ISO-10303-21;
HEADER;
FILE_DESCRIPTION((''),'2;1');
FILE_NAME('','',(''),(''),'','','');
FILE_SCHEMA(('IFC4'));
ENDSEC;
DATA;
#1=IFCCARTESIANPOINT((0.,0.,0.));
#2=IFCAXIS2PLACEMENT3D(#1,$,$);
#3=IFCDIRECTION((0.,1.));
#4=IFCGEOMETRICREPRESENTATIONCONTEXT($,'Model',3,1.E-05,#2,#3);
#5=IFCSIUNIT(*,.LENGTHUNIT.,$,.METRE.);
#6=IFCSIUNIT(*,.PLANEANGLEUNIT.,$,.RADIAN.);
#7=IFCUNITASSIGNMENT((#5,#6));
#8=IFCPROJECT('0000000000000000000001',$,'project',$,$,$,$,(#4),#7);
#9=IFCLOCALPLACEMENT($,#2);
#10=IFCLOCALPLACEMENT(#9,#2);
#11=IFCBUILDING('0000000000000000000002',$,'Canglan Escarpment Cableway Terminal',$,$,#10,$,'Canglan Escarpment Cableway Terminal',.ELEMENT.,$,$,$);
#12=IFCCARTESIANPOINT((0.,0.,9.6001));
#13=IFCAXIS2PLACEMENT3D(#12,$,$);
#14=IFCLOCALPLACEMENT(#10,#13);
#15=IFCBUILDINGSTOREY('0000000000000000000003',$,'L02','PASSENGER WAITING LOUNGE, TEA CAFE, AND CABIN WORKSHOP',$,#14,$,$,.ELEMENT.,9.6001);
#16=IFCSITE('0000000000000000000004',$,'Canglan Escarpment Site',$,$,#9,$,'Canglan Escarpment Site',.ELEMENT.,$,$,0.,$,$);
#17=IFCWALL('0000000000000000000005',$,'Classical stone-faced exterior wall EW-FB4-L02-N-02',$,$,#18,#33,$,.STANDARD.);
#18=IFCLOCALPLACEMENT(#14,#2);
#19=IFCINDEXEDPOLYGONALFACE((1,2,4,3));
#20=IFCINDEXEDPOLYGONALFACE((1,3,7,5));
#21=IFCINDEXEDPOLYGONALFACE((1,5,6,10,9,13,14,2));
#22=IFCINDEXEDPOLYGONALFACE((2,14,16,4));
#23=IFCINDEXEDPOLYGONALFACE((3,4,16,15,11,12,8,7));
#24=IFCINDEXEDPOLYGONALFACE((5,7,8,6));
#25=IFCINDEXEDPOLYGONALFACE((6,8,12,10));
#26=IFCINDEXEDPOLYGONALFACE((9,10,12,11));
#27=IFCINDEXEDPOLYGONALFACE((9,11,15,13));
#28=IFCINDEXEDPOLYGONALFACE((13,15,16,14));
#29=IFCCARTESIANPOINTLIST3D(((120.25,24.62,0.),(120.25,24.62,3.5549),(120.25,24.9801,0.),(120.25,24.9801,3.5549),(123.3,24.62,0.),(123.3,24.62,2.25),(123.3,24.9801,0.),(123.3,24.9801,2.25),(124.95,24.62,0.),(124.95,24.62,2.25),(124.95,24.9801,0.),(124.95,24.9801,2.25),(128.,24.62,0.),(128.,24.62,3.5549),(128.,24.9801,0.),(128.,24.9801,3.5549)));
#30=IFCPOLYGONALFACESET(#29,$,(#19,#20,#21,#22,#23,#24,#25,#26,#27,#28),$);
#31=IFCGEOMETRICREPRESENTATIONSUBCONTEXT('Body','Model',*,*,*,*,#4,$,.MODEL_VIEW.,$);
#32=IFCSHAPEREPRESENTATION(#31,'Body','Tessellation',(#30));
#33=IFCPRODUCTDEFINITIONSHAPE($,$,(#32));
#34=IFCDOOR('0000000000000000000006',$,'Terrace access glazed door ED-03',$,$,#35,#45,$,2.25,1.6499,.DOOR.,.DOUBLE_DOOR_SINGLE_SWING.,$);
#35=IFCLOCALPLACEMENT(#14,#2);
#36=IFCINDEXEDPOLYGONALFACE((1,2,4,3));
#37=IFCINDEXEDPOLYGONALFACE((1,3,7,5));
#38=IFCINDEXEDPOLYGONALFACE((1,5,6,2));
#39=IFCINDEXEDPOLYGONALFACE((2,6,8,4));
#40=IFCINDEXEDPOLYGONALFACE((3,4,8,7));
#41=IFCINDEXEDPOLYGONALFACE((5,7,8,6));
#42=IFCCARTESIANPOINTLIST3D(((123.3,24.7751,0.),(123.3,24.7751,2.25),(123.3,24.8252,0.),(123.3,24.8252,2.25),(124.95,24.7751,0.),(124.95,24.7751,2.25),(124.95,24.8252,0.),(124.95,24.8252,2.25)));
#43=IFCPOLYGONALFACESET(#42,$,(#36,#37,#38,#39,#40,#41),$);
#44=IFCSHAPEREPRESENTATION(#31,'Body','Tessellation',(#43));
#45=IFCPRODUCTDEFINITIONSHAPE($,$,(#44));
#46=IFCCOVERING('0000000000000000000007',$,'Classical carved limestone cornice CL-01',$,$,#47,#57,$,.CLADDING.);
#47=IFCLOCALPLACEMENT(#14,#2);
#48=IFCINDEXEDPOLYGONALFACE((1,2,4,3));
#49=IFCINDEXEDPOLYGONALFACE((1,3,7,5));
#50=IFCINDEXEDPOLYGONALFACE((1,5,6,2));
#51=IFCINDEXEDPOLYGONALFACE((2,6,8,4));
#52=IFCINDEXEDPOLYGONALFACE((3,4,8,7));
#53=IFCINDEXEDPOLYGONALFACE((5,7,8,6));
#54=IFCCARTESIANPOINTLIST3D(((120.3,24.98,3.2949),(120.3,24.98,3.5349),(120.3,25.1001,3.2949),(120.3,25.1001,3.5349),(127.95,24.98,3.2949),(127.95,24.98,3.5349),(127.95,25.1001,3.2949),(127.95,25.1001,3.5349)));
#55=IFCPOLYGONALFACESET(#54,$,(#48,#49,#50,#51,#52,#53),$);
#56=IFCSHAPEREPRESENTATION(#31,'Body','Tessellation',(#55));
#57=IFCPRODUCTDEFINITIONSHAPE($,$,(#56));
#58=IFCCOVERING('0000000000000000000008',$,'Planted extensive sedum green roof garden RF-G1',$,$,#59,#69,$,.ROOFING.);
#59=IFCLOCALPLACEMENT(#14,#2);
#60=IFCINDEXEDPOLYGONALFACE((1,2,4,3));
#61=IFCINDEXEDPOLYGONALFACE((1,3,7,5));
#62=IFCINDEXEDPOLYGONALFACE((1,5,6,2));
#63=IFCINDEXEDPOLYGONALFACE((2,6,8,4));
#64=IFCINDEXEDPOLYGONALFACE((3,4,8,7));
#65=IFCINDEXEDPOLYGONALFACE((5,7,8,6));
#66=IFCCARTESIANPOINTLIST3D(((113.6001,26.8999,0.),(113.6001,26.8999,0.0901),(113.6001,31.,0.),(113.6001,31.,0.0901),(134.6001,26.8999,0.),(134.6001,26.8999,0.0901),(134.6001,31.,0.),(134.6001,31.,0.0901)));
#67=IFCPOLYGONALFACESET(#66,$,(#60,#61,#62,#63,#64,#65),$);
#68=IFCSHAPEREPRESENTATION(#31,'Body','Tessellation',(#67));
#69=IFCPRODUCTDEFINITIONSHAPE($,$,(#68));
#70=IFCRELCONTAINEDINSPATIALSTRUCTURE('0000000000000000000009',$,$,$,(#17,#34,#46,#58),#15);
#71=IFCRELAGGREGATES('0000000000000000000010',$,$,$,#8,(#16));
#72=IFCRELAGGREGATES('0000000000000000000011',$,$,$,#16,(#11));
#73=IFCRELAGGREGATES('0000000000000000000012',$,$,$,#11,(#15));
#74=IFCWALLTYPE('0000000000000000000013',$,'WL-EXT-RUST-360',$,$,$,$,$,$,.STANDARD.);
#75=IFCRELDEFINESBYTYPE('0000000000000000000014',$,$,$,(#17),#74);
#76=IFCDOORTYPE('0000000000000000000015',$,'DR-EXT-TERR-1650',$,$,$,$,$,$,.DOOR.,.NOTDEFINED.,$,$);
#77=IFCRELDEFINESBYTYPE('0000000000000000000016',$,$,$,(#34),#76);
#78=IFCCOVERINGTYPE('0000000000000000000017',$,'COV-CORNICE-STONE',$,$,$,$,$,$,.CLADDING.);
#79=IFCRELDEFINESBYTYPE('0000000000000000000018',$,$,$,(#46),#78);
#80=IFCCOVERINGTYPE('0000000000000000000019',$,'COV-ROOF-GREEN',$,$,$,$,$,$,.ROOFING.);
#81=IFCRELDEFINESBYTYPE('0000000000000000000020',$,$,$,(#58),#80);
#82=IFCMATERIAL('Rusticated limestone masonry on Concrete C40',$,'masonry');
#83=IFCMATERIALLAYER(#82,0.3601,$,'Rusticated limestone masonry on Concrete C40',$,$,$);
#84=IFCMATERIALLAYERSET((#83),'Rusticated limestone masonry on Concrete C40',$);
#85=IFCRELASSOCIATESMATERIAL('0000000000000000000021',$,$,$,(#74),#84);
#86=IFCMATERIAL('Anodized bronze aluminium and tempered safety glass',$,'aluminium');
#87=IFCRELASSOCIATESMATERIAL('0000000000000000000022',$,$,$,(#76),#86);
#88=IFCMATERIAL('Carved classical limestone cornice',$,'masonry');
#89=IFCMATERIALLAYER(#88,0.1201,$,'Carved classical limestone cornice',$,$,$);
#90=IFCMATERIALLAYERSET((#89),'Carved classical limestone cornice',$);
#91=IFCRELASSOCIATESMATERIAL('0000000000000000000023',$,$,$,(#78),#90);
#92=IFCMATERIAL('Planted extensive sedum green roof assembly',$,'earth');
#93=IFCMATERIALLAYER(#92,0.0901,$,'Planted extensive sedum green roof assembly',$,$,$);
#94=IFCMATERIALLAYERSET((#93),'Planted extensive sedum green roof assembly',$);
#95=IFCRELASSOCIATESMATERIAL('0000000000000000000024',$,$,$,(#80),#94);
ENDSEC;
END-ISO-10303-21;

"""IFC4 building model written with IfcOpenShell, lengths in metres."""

from ifc_helpers import new_model, si_unit, direction, frame, frame_2d, origin, origin_2d, place, context, subcontext, project, spatial, rectangle, extrude, material, layer, layer_set, type_object, element, fill, save


model = new_model("IFC4")

# Units and contexts
model_context = context("Model", 3, precision=1e-05, world=origin(), true_north=direction((0.0, 1.0)))
body_context = subcontext(model_context, "Body", "Model", "MODEL_VIEW")
ifc_project = project(units=[si_unit("LENGTHUNIT", "METRE"), si_unit("PLANEANGLEUNIT", "RADIAN")], contexts=[model_context])

# Site, building, storey
site_placement = place(None, origin())
site = spatial("IfcSite", under=ifc_project, at=site_placement, Name="Canglan Escarpment Site", LongName="Canglan Escarpment Site", CompositionType="ELEMENT", RefElevation=0.0)
building_placement = place(site_placement, origin())
building = spatial("IfcBuilding", under=site, at=building_placement, Name="Canglan Escarpment Cableway Terminal", LongName="Canglan Escarpment Cableway Terminal", CompositionType="ELEMENT")
storey_placement = place(building_placement, frame((0.0, 0.0, 9.6001)))
storey = spatial("IfcBuildingStorey", under=building, at=storey_placement, Name="L02", Description="PASSENGER WAITING LOUNGE, TEA CAFE, AND CABIN WORKSHOP", CompositionType="ELEMENT", Elevation=9.6001)

# Wall, opening, door
ifc_material_1 = material(Name="Rusticated limestone masonry on Concrete C40", Category="masonry")
ifc_layer_1 = layer(ifc_material_1, 0.3601, Name="Rusticated limestone masonry on Concrete C40")
ifc_layer_set_1 = layer_set([ifc_layer_1], Name="Rusticated limestone masonry on Concrete C40")
wall_type = type_object("IfcWallType", Name="WL-EXT-RUST-360", PredefinedType="STANDARD", material=ifc_layer_set_1)
wall_placement = place(storey_placement, frame((128.0, 24.8, 0.0), z_axis=(0.0, 0.0, 1.0), x_axis=(-1.0, 0.0, 0.0)))
wall = element("IfcWall", 1, at=wall_placement, inside=storey, type_object=wall_type, Name="Classical stone-faced exterior wall EW-FB4-L02-N-02", PredefinedType="STANDARD", context=body_context, shape_type="SweptSolid", body=[
    extrude(rectangle(XDim=7.75, YDim=0.3601, at=frame_2d((3.875, 0.0))), origin(), (0.0, 0.0, 1.0), 3.5549),
])
opening_placement = place(wall_placement, frame((3.05, 0.0, 0.0)))
opening = element("IfcOpeningElement", 2, at=opening_placement, cuts=wall, PredefinedType="OPENING", context=body_context, shape_type="SweptSolid", body=[
    extrude(rectangle(XDim=1.6499, YDim=2.25, at=frame_2d((0.825, 1.125))), frame((0.0, 0.1899, 0.0), z_axis=(0.0, -1.0, 0.0), x_axis=(1.0, 0.0, 0.0)), (0.0, 0.0, 1.0), 0.3801),
])
ifc_material_2 = material(Name="Anodized bronze aluminium and tempered safety glass", Category="aluminium")
door_type = type_object("IfcDoorType", Name="DR-EXT-TERR-1650", OperationType="NOTDEFINED", PredefinedType="DOOR", material=ifc_material_2)
door_placement = place(opening_placement, origin())
door = element("IfcDoor", 3, at=door_placement, inside=storey, type_object=door_type, Name="Terrace access glazed door ED-03", OperationType="DOUBLE_DOOR_SINGLE_SWING", OverallHeight=2.25, OverallWidth=1.6499, PredefinedType="DOOR", context=body_context, shape_type="SweptSolid", body=[
    extrude(rectangle(XDim=1.6499, YDim=2.25, at=frame_2d((0.825, 1.125))), frame((0.0, 0.0249, 0.0), z_axis=(0.0, -1.0, 0.0), x_axis=(1.0, 0.0, 0.0)), (0.0, 0.0, 1.0), 0.05),
])
fill(opening, door)

# Coverings
ifc_material_3 = material(Name="Carved classical limestone cornice", Category="masonry")
ifc_layer_2 = layer(ifc_material_3, 0.1201, Name="Carved classical limestone cornice")
ifc_layer_set_2 = layer_set([ifc_layer_2], Name="Carved classical limestone cornice")
covering_type_1 = type_object("IfcCoveringType", Name="COV-CORNICE-STONE", PredefinedType="CLADDING", material=ifc_layer_set_2)
covering_1_placement = place(storey_placement, frame((124.125, 25.04, 3.2949), z_axis=(0.0, 0.0, 1.0), x_axis=(-1.0, 0.0, 0.0)))
element("IfcCovering", 4, at=covering_1_placement, inside=storey, type_object=covering_type_1, Name="Classical carved limestone cornice CL-01", PredefinedType="CLADDING", context=body_context, shape_type="SweptSolid", body=[
    extrude(rectangle(XDim=7.6499, YDim=0.1201, at=origin_2d()), origin(), (0.0, 0.0, 1.0), 0.24),
])
ifc_material_4 = material(Name="Planted extensive sedum green roof assembly", Category="earth")
ifc_layer_3 = layer(ifc_material_4, 0.0901, Name="Planted extensive sedum green roof assembly")
ifc_layer_set_3 = layer_set([ifc_layer_3], Name="Planted extensive sedum green roof assembly")
covering_type_2 = type_object("IfcCoveringType", Name="COV-ROOF-GREEN", PredefinedType="ROOFING", material=ifc_layer_set_3)
covering_2_placement = place(storey_placement, frame((124.1001, 28.95, 0.0), z_axis=(0.0, 0.0, 1.0), x_axis=(1.0, 0.0, 0.0)))
element("IfcCovering", 5, at=covering_2_placement, inside=storey, type_object=covering_type_2, Name="Planted extensive sedum green roof garden RF-G1", PredefinedType="ROOFING", context=body_context, shape_type="SweptSolid", body=[
    extrude(rectangle(XDim=21.0, YDim=4.1001, at=origin_2d()), origin(), (0.0, 0.0, 1.0), 0.0901),
])

save(model, "model.ifc")
